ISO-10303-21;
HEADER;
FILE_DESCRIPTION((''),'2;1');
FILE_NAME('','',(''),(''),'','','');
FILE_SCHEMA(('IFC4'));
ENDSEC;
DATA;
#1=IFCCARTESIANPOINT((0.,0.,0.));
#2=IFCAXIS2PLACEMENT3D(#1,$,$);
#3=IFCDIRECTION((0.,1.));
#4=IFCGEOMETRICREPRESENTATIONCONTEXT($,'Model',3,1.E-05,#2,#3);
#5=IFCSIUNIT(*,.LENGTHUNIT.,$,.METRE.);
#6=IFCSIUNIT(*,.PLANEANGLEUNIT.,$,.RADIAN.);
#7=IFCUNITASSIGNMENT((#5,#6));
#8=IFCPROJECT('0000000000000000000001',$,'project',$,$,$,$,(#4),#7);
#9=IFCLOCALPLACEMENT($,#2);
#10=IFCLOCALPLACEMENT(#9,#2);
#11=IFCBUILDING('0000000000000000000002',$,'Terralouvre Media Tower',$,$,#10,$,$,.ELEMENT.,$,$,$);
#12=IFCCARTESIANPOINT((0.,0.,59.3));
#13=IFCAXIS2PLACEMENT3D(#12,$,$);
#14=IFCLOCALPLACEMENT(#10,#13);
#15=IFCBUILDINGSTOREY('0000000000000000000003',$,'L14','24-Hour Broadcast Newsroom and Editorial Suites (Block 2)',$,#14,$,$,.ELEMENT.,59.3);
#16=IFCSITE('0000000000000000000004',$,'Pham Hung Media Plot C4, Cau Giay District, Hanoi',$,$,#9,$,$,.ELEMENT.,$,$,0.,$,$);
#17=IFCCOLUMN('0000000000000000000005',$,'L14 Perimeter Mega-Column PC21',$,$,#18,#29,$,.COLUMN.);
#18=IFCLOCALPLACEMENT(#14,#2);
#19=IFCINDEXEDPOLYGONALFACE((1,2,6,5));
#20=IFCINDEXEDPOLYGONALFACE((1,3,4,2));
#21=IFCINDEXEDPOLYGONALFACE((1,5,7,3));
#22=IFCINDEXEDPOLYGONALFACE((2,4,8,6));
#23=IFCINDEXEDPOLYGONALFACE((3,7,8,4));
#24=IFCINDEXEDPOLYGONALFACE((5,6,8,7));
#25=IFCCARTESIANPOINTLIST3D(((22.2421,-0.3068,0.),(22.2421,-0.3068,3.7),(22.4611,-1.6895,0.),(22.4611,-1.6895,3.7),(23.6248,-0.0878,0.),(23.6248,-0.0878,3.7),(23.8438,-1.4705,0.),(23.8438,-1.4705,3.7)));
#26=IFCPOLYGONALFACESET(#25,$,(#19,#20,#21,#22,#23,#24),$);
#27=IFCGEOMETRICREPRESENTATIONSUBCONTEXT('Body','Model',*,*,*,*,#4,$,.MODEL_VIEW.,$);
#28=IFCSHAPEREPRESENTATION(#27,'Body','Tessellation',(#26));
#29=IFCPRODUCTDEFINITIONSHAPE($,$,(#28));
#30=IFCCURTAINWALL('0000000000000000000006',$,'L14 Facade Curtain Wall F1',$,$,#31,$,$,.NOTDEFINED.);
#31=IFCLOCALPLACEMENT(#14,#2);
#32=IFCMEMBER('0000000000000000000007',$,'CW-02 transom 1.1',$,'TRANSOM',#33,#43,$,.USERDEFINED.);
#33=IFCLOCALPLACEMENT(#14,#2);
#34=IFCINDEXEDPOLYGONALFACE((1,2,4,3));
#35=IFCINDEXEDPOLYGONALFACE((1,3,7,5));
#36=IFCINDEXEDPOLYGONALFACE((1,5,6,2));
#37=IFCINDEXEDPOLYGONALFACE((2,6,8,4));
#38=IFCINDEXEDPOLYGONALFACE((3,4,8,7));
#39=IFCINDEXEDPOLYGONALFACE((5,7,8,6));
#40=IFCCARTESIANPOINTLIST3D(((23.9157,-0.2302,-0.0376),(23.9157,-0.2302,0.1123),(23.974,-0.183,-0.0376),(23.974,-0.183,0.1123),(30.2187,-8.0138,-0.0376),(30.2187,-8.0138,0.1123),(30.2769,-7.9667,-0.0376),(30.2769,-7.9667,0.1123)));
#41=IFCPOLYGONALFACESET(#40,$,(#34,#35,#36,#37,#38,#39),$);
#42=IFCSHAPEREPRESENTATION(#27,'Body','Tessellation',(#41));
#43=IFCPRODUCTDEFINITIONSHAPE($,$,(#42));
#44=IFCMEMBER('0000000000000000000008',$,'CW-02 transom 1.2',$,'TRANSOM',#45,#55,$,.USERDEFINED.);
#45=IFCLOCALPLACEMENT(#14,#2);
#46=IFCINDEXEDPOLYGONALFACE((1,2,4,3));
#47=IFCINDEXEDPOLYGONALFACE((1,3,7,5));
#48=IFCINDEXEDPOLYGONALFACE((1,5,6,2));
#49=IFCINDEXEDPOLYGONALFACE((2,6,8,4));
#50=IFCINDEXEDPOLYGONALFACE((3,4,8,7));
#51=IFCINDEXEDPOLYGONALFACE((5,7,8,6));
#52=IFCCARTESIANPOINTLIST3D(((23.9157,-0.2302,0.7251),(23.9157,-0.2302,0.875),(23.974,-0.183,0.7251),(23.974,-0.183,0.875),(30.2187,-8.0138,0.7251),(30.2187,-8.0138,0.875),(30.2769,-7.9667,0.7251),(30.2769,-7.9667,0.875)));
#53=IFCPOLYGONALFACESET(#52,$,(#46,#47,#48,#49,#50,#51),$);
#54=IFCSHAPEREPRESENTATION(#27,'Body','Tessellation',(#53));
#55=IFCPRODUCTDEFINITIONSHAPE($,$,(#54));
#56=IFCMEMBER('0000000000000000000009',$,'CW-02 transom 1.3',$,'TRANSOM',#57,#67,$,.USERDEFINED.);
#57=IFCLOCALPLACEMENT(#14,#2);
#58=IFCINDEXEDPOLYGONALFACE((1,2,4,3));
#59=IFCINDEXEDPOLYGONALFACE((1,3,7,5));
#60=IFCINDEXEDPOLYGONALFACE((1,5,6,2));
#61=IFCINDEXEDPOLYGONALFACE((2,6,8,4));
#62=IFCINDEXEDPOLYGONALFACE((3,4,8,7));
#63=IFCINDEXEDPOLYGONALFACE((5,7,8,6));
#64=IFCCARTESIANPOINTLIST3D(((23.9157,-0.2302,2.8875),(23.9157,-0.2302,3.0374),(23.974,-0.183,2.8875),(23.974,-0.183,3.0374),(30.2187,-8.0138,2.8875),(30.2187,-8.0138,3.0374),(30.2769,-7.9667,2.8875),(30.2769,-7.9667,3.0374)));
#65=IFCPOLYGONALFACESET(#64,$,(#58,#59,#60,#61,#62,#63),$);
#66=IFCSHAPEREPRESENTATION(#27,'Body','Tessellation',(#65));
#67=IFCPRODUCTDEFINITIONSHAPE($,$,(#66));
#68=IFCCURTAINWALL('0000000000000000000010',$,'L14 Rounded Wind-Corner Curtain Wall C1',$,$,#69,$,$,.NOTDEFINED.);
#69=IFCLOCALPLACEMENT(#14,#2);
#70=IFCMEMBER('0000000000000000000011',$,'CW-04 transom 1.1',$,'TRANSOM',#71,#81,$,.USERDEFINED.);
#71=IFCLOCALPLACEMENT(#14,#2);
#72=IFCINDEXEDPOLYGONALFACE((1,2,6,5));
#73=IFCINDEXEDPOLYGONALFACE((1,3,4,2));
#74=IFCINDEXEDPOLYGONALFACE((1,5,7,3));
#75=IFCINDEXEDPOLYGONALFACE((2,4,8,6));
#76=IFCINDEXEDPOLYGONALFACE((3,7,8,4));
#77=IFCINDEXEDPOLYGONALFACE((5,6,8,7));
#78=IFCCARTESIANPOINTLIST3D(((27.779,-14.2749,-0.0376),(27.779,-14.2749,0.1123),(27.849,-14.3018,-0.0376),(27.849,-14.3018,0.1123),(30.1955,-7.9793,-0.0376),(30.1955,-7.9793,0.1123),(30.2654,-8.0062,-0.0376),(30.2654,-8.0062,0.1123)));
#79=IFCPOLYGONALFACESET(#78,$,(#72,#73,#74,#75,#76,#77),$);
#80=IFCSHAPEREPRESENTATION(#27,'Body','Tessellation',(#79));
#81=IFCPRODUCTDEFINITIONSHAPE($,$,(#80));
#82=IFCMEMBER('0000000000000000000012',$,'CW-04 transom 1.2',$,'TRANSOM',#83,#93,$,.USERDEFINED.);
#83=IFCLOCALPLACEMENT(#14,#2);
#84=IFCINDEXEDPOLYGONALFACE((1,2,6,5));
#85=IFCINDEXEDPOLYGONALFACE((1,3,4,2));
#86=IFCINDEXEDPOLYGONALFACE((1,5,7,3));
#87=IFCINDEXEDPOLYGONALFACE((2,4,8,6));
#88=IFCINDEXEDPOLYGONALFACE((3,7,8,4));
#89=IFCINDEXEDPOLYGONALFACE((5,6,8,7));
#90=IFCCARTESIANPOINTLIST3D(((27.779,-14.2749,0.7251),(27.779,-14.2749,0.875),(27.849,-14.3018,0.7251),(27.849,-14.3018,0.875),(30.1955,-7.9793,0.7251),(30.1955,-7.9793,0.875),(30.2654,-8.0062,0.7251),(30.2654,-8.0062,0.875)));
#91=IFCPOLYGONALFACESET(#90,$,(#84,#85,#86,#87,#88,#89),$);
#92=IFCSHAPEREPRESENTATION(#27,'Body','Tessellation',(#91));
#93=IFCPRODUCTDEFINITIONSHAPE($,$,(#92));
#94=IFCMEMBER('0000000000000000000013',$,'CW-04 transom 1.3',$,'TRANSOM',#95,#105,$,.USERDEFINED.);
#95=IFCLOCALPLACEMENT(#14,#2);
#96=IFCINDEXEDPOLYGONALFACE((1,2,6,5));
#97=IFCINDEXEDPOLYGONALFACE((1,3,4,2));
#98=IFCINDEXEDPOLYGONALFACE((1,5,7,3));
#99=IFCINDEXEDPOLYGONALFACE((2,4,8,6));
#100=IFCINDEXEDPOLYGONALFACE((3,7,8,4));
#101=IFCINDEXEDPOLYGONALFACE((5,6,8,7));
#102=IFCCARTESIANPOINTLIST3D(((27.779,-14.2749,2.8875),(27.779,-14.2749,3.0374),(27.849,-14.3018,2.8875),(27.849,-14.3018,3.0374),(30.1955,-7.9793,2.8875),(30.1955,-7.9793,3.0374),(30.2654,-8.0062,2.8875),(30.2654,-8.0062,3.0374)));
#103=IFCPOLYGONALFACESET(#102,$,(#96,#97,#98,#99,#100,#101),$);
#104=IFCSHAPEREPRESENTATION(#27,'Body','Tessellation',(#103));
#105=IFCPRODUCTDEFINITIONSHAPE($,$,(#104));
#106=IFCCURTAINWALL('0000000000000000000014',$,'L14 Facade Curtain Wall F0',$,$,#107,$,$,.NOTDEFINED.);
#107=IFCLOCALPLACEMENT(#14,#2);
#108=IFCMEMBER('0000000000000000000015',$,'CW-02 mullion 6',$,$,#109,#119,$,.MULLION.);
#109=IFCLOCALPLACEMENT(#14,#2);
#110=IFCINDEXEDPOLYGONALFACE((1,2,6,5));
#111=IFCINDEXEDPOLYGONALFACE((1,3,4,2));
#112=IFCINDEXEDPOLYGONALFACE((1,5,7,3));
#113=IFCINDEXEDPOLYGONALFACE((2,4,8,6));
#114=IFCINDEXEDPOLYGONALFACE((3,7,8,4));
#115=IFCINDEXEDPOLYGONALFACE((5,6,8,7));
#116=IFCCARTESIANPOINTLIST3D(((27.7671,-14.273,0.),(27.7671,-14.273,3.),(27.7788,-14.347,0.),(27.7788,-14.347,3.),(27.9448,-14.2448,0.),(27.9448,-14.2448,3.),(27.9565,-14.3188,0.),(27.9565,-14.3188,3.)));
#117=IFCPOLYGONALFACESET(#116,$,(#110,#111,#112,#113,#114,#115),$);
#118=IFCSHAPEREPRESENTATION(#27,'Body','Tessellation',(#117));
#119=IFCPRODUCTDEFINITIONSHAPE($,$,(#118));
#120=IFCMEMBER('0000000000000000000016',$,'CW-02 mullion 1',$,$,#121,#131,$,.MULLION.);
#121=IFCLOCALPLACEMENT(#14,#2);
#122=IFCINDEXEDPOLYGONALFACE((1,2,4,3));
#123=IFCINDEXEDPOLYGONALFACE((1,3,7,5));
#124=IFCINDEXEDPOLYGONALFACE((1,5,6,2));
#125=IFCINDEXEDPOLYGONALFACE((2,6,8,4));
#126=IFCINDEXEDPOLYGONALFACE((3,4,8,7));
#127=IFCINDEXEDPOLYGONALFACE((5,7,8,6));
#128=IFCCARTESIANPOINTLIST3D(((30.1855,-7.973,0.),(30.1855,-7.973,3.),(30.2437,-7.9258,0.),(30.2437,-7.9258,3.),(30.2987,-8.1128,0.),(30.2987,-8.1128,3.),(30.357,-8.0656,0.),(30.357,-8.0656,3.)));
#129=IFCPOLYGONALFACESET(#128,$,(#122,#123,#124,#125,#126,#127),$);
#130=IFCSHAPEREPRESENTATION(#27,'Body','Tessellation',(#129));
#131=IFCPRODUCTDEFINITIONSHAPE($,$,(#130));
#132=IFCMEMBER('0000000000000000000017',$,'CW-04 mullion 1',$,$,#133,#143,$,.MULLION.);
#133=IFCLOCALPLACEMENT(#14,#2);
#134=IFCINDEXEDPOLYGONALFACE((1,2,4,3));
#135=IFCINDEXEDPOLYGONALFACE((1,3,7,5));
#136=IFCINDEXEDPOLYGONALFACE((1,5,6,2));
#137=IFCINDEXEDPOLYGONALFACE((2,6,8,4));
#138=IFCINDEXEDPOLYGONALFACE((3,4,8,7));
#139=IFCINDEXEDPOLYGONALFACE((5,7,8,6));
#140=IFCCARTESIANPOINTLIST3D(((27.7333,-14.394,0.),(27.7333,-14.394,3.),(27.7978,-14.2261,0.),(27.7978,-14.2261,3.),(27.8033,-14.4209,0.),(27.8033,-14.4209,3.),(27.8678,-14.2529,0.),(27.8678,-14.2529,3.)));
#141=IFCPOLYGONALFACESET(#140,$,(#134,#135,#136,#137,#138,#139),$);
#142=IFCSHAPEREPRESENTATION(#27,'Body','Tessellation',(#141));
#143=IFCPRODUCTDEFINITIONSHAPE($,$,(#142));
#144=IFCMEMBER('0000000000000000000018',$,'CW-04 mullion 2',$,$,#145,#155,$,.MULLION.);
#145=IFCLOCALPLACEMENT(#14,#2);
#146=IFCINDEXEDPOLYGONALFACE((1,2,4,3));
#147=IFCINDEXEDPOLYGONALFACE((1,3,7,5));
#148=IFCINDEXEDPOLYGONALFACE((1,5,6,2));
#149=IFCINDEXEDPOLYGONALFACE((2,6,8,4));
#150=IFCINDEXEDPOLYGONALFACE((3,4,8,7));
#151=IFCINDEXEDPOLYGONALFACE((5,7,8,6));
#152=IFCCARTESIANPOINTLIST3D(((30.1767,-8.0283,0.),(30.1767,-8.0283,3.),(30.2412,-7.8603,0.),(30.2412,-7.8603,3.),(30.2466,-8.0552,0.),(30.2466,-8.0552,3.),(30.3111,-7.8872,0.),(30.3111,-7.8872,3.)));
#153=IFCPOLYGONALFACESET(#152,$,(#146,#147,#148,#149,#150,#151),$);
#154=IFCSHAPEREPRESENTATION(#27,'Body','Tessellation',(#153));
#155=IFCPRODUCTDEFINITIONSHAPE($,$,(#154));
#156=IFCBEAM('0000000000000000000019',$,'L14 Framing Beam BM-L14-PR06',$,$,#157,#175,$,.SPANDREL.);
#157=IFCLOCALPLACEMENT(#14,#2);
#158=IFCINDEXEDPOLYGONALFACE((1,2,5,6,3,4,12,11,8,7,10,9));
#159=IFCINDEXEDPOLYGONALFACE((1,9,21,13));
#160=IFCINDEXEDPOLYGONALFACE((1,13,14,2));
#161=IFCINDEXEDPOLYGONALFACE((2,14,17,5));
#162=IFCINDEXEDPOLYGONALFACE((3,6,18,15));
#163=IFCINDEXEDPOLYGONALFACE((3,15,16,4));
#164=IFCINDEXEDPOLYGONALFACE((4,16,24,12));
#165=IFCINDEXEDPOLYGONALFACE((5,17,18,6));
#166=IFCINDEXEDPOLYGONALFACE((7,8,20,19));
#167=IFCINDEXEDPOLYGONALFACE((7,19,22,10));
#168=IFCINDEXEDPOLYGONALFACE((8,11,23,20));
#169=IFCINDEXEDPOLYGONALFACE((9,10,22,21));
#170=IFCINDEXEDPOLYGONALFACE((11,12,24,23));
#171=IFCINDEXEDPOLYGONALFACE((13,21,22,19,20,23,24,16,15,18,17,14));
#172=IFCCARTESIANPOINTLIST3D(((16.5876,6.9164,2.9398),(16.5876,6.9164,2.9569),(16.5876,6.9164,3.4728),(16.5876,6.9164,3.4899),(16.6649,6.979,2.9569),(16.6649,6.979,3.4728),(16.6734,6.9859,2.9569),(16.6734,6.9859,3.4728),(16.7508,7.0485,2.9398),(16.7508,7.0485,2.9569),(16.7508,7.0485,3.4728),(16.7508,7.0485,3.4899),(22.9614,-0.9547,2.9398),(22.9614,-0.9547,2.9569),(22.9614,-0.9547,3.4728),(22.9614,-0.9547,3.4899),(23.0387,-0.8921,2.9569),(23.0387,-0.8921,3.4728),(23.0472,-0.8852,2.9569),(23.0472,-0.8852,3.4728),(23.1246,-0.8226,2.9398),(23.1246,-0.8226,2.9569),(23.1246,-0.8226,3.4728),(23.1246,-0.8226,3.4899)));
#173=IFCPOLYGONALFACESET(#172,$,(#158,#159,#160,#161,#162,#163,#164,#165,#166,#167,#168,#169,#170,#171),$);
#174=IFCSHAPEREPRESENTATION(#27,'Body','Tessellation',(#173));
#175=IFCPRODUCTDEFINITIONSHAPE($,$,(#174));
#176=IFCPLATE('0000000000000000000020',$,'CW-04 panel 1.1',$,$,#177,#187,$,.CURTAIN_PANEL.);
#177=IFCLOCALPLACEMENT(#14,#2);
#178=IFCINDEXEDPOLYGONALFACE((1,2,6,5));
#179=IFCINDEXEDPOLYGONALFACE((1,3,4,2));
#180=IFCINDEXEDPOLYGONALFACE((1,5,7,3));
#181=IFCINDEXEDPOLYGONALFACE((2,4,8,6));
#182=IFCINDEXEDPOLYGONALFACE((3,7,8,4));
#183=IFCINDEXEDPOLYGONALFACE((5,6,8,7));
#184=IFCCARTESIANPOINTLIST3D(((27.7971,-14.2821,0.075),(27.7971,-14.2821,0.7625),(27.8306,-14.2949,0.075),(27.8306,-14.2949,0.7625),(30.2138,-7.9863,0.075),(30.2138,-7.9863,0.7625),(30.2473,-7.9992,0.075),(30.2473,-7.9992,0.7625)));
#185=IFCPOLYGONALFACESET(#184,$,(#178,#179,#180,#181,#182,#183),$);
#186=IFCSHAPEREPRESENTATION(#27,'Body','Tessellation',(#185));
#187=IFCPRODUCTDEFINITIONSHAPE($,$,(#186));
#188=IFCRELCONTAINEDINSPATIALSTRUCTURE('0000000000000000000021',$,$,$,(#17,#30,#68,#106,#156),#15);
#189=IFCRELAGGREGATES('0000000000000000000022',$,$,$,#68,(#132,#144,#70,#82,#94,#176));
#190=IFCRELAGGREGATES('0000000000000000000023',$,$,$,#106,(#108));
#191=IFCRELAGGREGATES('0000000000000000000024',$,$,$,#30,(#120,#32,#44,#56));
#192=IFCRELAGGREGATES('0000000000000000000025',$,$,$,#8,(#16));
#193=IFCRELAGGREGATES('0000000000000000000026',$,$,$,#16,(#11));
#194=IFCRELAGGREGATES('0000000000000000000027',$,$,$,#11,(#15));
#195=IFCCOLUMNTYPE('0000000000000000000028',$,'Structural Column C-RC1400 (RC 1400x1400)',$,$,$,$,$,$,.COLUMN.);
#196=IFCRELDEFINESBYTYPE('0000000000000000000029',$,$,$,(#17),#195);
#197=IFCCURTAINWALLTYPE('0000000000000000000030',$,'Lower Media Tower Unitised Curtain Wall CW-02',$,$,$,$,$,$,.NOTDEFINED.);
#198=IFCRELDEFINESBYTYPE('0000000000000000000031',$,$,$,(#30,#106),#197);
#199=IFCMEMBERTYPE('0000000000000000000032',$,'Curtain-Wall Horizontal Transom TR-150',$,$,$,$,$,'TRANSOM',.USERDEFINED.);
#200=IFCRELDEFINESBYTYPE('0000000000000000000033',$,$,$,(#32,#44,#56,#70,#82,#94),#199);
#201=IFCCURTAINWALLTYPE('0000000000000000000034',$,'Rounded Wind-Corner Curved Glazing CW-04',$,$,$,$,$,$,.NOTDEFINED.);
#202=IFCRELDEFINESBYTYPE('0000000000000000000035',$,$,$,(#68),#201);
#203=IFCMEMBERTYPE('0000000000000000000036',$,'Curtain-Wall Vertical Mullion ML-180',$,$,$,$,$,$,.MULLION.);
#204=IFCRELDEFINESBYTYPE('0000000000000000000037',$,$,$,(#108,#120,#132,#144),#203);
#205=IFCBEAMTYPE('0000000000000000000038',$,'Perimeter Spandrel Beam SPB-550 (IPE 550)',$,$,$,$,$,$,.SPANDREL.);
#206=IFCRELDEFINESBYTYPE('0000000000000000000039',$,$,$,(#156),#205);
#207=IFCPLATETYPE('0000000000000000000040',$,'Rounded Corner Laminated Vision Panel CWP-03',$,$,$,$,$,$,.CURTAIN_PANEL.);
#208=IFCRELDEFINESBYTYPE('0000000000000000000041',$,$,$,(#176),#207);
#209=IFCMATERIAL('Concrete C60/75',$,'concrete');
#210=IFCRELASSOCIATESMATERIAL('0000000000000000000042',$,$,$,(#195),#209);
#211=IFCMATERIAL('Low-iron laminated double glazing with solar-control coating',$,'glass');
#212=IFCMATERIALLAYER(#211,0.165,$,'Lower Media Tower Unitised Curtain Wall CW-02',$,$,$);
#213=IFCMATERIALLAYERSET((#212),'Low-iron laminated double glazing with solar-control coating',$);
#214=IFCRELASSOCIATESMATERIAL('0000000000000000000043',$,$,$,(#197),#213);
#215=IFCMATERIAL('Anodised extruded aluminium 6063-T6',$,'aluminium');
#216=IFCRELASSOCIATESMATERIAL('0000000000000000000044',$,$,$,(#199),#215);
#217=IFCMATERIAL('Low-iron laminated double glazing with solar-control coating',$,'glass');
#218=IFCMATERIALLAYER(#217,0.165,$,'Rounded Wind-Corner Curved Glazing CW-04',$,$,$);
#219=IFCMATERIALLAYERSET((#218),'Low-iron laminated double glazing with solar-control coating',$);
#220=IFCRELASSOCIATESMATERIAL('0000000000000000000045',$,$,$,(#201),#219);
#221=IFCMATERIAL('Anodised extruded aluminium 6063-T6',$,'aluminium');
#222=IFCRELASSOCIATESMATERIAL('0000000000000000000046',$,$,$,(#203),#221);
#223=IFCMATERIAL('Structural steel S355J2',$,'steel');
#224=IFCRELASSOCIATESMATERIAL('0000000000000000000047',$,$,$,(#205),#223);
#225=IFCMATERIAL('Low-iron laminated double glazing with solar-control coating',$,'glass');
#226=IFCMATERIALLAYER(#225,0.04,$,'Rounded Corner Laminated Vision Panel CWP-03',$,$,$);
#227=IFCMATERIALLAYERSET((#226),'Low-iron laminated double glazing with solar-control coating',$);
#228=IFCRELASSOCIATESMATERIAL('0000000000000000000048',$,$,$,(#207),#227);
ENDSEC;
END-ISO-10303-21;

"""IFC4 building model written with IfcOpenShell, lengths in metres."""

from ifc_helpers import new_model, si_unit, direction, frame, origin, origin_2d, place, context, subcontext, project, spatial, rectangle, i_section, extrude, material, layer, layer_set, material_profile, profile_set, type_object, element, aggregate, save


model = new_model("IFC4")

# Units and contexts
model_context = context("Model", 3, precision=1e-05, world=origin(), true_north=direction((0.0, 1.0)))
body_context = subcontext(model_context, "Body", "Model", "MODEL_VIEW")
ifc_project = project(units=[si_unit("LENGTHUNIT", "METRE"), si_unit("PLANEANGLEUNIT", "RADIAN")], contexts=[model_context])

# Site, building, storey
site_placement = place(None, origin())
site = spatial("IfcSite", under=ifc_project, at=site_placement, Name="Pham Hung Media Plot C4, Cau Giay District, Hanoi", CompositionType="ELEMENT", RefElevation=0.0)
building_placement = place(site_placement, origin())
building = spatial("IfcBuilding", under=site, at=building_placement, Name="Terralouvre Media Tower", CompositionType="ELEMENT")
storey_placement = place(building_placement, frame((0.0, 0.0, 59.3)))
storey = spatial("IfcBuildingStorey", under=building, at=storey_placement, Name="L14", Description="24-Hour Broadcast Newsroom and Editorial Suites (Block 2)", CompositionType="ELEMENT", Elevation=59.3)

# Column
ifc_material_1 = material(Name="Concrete C60/75", Category="concrete")
ifc_material_profile_1 = material_profile(ifc_material_1, rectangle(XDim=1.3999, YDim=1.3999, at=origin_2d()), Name="RC 1400x1400")
ifc_profile_set_1 = profile_set([ifc_material_profile_1], Name="Concrete C60/75")
column_type = type_object("IfcColumnType", Name="Structural Column C-RC1400 (RC 1400x1400)", PredefinedType="COLUMN", material=ifc_profile_set_1)
column_placement = place(storey_placement, frame((23.043, -0.8887, 0.0), z_axis=(0.0, 0.0, 1.0), x_axis=(0.987688, 0.156434, 0.0)))
element("IfcColumn", 1, at=column_placement, inside=storey, type_object=column_type, Name="L14 Perimeter Mega-Column PC21", PredefinedType="COLUMN", context=body_context, shape_type="SweptSolid", body=[
    extrude(rectangle(XDim=1.3999, YDim=1.3999, at=origin_2d()), origin(), (0.0, 0.0, 1.0), 3.7),
])

# Curtain walls, members
ifc_material_2 = material(Name="Low-iron laminated double glazing with solar-control coating", Category="glass")
ifc_layer_1 = layer(ifc_material_2, 0.165, Name="Lower Media Tower Unitised Curtain Wall CW-02")
ifc_layer_set_1 = layer_set([ifc_layer_1], Name="Low-iron laminated double glazing with solar-control coating")
curtain_wall_type_1 = type_object("IfcCurtainWallType", Name="Lower Media Tower Unitised Curtain Wall CW-02", PredefinedType="NOTDEFINED", material=ifc_layer_set_1)
curtain_wall_1_placement = place(storey_placement, origin())
curtain_wall_1 = element("IfcCurtainWall", 2, at=curtain_wall_1_placement, inside=storey, type_object=curtain_wall_type_1, Name="L14 Facade Curtain Wall F1", PredefinedType="NOTDEFINED")
ifc_material_3 = material(Name="Anodised extruded aluminium 6063-T6", Category="aluminium")
ifc_material_profile_2 = material_profile(ifc_material_3, rectangle(XDim=0.075, YDim=0.1499, at=origin_2d()), Name="ALU 75x150")
ifc_profile_set_2 = profile_set([ifc_material_profile_2], Name="Anodised extruded aluminium 6063-T6")
member_type_1 = type_object("IfcMemberType", Name="Curtain-Wall Horizontal Transom TR-150", ElementType="TRANSOM", PredefinedType="USERDEFINED", material=ifc_profile_set_2)
member_1_placement = place(storey_placement, frame((30.2478, -7.9902, 0.0374), z_axis=(-0.629313, 0.777152, 0.0), x_axis=(-0.777152, -0.629313, 0.0)))
member_1 = element("IfcMember", 3, at=member_1_placement, type_object=member_type_1, Name="CW-02 transom 1.1", ObjectType="TRANSOM", PredefinedType="USERDEFINED", context=body_context, shape_type="SweptSolid", body=[
    extrude(rectangle(XDim=0.075, YDim=0.1499, at=origin_2d()), origin(), (0.0, 0.0, 1.0), 10.0156),
])
member_2_placement = place(storey_placement, frame((30.2478, -7.9902, 0.8), z_axis=(-0.629313, 0.777152, 0.0), x_axis=(-0.777152, -0.629313, 0.0)))
member_2 = element("IfcMember", 4, at=member_2_placement, type_object=member_type_1, Name="CW-02 transom 1.2", ObjectType="TRANSOM", PredefinedType="USERDEFINED", context=body_context, shape_type="SweptSolid", body=[
    extrude(rectangle(XDim=0.075, YDim=0.1499, at=origin_2d()), origin(), (0.0, 0.0, 1.0), 10.0156),
])
member_3_placement = place(storey_placement, frame((30.2478, -7.9902, 2.9624), z_axis=(-0.629313, 0.777152, 0.0), x_axis=(-0.777152, -0.629313, 0.0)))
member_3 = element("IfcMember", 5, at=member_3_placement, type_object=member_type_1, Name="CW-02 transom 1.3", ObjectType="TRANSOM", PredefinedType="USERDEFINED", context=body_context, shape_type="SweptSolid", body=[
    extrude(rectangle(XDim=0.075, YDim=0.1499, at=origin_2d()), origin(), (0.0, 0.0, 1.0), 10.0156),
])
ifc_material_4 = material(Name="Low-iron laminated double glazing with solar-control coating", Category="glass")
ifc_layer_2 = layer(ifc_material_4, 0.165, Name="Rounded Wind-Corner Curved Glazing CW-04")
ifc_layer_set_2 = layer_set([ifc_layer_2], Name="Low-iron laminated double glazing with solar-control coating")
curtain_wall_type_2 = type_object("IfcCurtainWallType", Name="Rounded Wind-Corner Curved Glazing CW-04", PredefinedType="NOTDEFINED", material=ifc_layer_set_2)
curtain_wall_2_placement = place(storey_placement, origin())
curtain_wall_2 = element("IfcCurtainWall", 6, at=curtain_wall_2_placement, inside=storey, type_object=curtain_wall_type_2, Name="L14 Rounded Wind-Corner Curtain Wall C1", PredefinedType="NOTDEFINED")
member_4_placement = place(storey_placement, frame((27.814, -14.2883, 0.0374), z_axis=(0.358346, 0.933589, 0.0), x_axis=(-0.933589, 0.358346, 0.0)))
member_4 = element("IfcMember", 7, at=member_4_placement, type_object=member_type_1, Name="CW-04 transom 1.1", ObjectType="TRANSOM", PredefinedType="USERDEFINED", context=body_context, shape_type="SweptSolid", body=[
    extrude(rectangle(XDim=0.075, YDim=0.1499, at=origin_2d()), origin(), (0.0, 0.0, 1.0), 6.7434),
])
member_5_placement = place(storey_placement, frame((27.814, -14.2883, 0.8), z_axis=(0.358346, 0.933589, 0.0), x_axis=(-0.933589, 0.358346, 0.0)))
member_5 = element("IfcMember", 8, at=member_5_placement, type_object=member_type_1, Name="CW-04 transom 1.2", ObjectType="TRANSOM", PredefinedType="USERDEFINED", context=body_context, shape_type="SweptSolid", body=[
    extrude(rectangle(XDim=0.075, YDim=0.1499, at=origin_2d()), origin(), (0.0, 0.0, 1.0), 6.7434),
])
member_6_placement = place(storey_placement, frame((27.814, -14.2883, 2.9624), z_axis=(0.358346, 0.933589, 0.0), x_axis=(-0.933589, 0.358346, 0.0)))
member_6 = element("IfcMember", 9, at=member_6_placement, type_object=member_type_1, Name="CW-04 transom 1.3", ObjectType="TRANSOM", PredefinedType="USERDEFINED", context=body_context, shape_type="SweptSolid", body=[
    extrude(rectangle(XDim=0.075, YDim=0.1499, at=origin_2d()), origin(), (0.0, 0.0, 1.0), 6.7434),
])

# Curtain wall, member
curtain_wall_3_placement = place(storey_placement, origin())
curtain_wall_3 = element("IfcCurtainWall", 10, at=curtain_wall_3_placement, inside=storey, type_object=curtain_wall_type_1, Name="L14 Facade Curtain Wall F0", PredefinedType="NOTDEFINED")
ifc_material_5 = material(Name="Anodised extruded aluminium 6063-T6", Category="aluminium")
ifc_material_profile_3 = material_profile(ifc_material_5, rectangle(XDim=0.075, YDim=0.1799, at=origin_2d()), Name="ALU 75x180")
ifc_profile_set_3 = profile_set([ifc_material_profile_3], Name="Anodised extruded aluminium 6063-T6")
member_type_2 = type_object("IfcMemberType", Name="Curtain-Wall Vertical Mullion ML-180", PredefinedType="MULLION", material=ifc_profile_set_3)
member_7_placement = place(storey_placement, frame((27.8618, -14.2959, 0.0), z_axis=(0.0, 0.0, 1.0), x_axis=(-0.156434, 0.987688, 0.0)))
member_7 = element("IfcMember", 11, at=member_7_placement, type_object=member_type_2, Name="CW-02 mullion 6", PredefinedType="MULLION", context=body_context, shape_type="SweptSolid", body=[
    extrude(rectangle(XDim=0.075, YDim=0.1799, at=origin_2d()), origin(), (0.0, 0.0, 1.0), 3.0),
])

# Members
member_8_placement = place(storey_placement, frame((30.2712, -8.0193, 0.0), z_axis=(0.0, 0.0, 1.0), x_axis=(-0.777146, -0.62932, 0.0)))
member_8 = element("IfcMember", 12, at=member_8_placement, type_object=member_type_2, Name="CW-02 mullion 1", PredefinedType="MULLION", context=body_context, shape_type="SweptSolid", body=[
    extrude(rectangle(XDim=0.075, YDim=0.1799, at=origin_2d()), origin(), (0.0, 0.0, 1.0), 3.0),
])
member_9_placement = place(storey_placement, frame((27.8005, -14.3235, 0.0), z_axis=(0.0, 0.0, 1.0), x_axis=(-0.933581, 0.358367, 0.0)))
member_9 = element("IfcMember", 13, at=member_9_placement, type_object=member_type_2, Name="CW-04 mullion 1", PredefinedType="MULLION", context=body_context, shape_type="SweptSolid", body=[
    extrude(rectangle(XDim=0.075, YDim=0.1799, at=origin_2d()), origin(), (0.0, 0.0, 1.0), 3.0),
])
member_10_placement = place(storey_placement, frame((30.2439, -7.9578, 0.0), z_axis=(0.0, 0.0, 1.0), x_axis=(-0.933581, 0.358367, 0.0)))
member_10 = element("IfcMember", 14, at=member_10_placement, type_object=member_type_2, Name="CW-04 mullion 2", PredefinedType="MULLION", context=body_context, shape_type="SweptSolid", body=[
    extrude(rectangle(XDim=0.075, YDim=0.1799, at=origin_2d()), origin(), (0.0, 0.0, 1.0), 3.0),
])

# Beam
ifc_material_6 = material(Name="Structural steel S355J2", Category="steel")
ifc_material_profile_4 = material_profile(ifc_material_6, i_section(OverallWidth=0.21, OverallDepth=0.55, WebThickness=0.011, FlangeThickness=0.0171, at=origin_2d()), Name="IPE 550")
ifc_profile_set_4 = profile_set([ifc_material_profile_4], Name="Structural steel S355J2")
beam_type = type_object("IfcBeamType", Name="Perimeter Spandrel Beam SPB-550 (IPE 550)", PredefinedType="SPANDREL", material=ifc_profile_set_4)
beam_placement = place(storey_placement, frame((23.043, -0.8887, 3.2148), z_axis=(-0.629314, 0.777151, 0.0), x_axis=(-0.777151, -0.629314, 0.0)))
element("IfcBeam", 15, at=beam_placement, inside=storey, type_object=beam_type, Name="L14 Framing Beam BM-L14-PR06", PredefinedType="SPANDREL", context=body_context, shape_type="SweptSolid", body=[
    extrude(i_section(OverallWidth=0.21, OverallDepth=0.55, WebThickness=0.011, FlangeThickness=0.0171, at=origin_2d()), origin(), (0.0, 0.0, 1.0), 10.1282),
])

# Plate
ifc_material_7 = material(Name="Low-iron laminated double glazing with solar-control coating", Category="glass")
ifc_layer_3 = layer(ifc_material_7, 0.04, Name="Rounded Corner Laminated Vision Panel CWP-03")
ifc_layer_set_3 = layer_set([ifc_layer_3], Name="Low-iron laminated double glazing with solar-control coating")
plate_type_1 = type_object("IfcPlateType", Name="Rounded Corner Laminated Vision Panel CWP-03", PredefinedType="CURTAIN_PANEL", material=ifc_layer_set_3)
plate_1_placement = place(storey_placement, frame((29.0222, -11.1406, 0.075), z_axis=(0.0, 0.0, 1.0), x_axis=(0.358367, 0.933581, 0.0)))
plate_1 = element("IfcPlate", 16, at=plate_1_placement, type_object=plate_type_1, Name="CW-04 panel 1.1", PredefinedType="CURTAIN_PANEL", context=body_context, shape_type="SweptSolid", body=[
    extrude(rectangle(XDim=6.7437, YDim=0.0359, at=origin_2d()), origin(), (0.0, 0.0, 1.0), 0.6875),
])
aggregate(curtain_wall_2, [member_9, member_10, member_4, member_5, member_6, plate_1])
aggregate(curtain_wall_3, [member_7])
aggregate(curtain_wall_1, [member_8, member_1, member_2, member_3])

save(model, "model.ifc")
